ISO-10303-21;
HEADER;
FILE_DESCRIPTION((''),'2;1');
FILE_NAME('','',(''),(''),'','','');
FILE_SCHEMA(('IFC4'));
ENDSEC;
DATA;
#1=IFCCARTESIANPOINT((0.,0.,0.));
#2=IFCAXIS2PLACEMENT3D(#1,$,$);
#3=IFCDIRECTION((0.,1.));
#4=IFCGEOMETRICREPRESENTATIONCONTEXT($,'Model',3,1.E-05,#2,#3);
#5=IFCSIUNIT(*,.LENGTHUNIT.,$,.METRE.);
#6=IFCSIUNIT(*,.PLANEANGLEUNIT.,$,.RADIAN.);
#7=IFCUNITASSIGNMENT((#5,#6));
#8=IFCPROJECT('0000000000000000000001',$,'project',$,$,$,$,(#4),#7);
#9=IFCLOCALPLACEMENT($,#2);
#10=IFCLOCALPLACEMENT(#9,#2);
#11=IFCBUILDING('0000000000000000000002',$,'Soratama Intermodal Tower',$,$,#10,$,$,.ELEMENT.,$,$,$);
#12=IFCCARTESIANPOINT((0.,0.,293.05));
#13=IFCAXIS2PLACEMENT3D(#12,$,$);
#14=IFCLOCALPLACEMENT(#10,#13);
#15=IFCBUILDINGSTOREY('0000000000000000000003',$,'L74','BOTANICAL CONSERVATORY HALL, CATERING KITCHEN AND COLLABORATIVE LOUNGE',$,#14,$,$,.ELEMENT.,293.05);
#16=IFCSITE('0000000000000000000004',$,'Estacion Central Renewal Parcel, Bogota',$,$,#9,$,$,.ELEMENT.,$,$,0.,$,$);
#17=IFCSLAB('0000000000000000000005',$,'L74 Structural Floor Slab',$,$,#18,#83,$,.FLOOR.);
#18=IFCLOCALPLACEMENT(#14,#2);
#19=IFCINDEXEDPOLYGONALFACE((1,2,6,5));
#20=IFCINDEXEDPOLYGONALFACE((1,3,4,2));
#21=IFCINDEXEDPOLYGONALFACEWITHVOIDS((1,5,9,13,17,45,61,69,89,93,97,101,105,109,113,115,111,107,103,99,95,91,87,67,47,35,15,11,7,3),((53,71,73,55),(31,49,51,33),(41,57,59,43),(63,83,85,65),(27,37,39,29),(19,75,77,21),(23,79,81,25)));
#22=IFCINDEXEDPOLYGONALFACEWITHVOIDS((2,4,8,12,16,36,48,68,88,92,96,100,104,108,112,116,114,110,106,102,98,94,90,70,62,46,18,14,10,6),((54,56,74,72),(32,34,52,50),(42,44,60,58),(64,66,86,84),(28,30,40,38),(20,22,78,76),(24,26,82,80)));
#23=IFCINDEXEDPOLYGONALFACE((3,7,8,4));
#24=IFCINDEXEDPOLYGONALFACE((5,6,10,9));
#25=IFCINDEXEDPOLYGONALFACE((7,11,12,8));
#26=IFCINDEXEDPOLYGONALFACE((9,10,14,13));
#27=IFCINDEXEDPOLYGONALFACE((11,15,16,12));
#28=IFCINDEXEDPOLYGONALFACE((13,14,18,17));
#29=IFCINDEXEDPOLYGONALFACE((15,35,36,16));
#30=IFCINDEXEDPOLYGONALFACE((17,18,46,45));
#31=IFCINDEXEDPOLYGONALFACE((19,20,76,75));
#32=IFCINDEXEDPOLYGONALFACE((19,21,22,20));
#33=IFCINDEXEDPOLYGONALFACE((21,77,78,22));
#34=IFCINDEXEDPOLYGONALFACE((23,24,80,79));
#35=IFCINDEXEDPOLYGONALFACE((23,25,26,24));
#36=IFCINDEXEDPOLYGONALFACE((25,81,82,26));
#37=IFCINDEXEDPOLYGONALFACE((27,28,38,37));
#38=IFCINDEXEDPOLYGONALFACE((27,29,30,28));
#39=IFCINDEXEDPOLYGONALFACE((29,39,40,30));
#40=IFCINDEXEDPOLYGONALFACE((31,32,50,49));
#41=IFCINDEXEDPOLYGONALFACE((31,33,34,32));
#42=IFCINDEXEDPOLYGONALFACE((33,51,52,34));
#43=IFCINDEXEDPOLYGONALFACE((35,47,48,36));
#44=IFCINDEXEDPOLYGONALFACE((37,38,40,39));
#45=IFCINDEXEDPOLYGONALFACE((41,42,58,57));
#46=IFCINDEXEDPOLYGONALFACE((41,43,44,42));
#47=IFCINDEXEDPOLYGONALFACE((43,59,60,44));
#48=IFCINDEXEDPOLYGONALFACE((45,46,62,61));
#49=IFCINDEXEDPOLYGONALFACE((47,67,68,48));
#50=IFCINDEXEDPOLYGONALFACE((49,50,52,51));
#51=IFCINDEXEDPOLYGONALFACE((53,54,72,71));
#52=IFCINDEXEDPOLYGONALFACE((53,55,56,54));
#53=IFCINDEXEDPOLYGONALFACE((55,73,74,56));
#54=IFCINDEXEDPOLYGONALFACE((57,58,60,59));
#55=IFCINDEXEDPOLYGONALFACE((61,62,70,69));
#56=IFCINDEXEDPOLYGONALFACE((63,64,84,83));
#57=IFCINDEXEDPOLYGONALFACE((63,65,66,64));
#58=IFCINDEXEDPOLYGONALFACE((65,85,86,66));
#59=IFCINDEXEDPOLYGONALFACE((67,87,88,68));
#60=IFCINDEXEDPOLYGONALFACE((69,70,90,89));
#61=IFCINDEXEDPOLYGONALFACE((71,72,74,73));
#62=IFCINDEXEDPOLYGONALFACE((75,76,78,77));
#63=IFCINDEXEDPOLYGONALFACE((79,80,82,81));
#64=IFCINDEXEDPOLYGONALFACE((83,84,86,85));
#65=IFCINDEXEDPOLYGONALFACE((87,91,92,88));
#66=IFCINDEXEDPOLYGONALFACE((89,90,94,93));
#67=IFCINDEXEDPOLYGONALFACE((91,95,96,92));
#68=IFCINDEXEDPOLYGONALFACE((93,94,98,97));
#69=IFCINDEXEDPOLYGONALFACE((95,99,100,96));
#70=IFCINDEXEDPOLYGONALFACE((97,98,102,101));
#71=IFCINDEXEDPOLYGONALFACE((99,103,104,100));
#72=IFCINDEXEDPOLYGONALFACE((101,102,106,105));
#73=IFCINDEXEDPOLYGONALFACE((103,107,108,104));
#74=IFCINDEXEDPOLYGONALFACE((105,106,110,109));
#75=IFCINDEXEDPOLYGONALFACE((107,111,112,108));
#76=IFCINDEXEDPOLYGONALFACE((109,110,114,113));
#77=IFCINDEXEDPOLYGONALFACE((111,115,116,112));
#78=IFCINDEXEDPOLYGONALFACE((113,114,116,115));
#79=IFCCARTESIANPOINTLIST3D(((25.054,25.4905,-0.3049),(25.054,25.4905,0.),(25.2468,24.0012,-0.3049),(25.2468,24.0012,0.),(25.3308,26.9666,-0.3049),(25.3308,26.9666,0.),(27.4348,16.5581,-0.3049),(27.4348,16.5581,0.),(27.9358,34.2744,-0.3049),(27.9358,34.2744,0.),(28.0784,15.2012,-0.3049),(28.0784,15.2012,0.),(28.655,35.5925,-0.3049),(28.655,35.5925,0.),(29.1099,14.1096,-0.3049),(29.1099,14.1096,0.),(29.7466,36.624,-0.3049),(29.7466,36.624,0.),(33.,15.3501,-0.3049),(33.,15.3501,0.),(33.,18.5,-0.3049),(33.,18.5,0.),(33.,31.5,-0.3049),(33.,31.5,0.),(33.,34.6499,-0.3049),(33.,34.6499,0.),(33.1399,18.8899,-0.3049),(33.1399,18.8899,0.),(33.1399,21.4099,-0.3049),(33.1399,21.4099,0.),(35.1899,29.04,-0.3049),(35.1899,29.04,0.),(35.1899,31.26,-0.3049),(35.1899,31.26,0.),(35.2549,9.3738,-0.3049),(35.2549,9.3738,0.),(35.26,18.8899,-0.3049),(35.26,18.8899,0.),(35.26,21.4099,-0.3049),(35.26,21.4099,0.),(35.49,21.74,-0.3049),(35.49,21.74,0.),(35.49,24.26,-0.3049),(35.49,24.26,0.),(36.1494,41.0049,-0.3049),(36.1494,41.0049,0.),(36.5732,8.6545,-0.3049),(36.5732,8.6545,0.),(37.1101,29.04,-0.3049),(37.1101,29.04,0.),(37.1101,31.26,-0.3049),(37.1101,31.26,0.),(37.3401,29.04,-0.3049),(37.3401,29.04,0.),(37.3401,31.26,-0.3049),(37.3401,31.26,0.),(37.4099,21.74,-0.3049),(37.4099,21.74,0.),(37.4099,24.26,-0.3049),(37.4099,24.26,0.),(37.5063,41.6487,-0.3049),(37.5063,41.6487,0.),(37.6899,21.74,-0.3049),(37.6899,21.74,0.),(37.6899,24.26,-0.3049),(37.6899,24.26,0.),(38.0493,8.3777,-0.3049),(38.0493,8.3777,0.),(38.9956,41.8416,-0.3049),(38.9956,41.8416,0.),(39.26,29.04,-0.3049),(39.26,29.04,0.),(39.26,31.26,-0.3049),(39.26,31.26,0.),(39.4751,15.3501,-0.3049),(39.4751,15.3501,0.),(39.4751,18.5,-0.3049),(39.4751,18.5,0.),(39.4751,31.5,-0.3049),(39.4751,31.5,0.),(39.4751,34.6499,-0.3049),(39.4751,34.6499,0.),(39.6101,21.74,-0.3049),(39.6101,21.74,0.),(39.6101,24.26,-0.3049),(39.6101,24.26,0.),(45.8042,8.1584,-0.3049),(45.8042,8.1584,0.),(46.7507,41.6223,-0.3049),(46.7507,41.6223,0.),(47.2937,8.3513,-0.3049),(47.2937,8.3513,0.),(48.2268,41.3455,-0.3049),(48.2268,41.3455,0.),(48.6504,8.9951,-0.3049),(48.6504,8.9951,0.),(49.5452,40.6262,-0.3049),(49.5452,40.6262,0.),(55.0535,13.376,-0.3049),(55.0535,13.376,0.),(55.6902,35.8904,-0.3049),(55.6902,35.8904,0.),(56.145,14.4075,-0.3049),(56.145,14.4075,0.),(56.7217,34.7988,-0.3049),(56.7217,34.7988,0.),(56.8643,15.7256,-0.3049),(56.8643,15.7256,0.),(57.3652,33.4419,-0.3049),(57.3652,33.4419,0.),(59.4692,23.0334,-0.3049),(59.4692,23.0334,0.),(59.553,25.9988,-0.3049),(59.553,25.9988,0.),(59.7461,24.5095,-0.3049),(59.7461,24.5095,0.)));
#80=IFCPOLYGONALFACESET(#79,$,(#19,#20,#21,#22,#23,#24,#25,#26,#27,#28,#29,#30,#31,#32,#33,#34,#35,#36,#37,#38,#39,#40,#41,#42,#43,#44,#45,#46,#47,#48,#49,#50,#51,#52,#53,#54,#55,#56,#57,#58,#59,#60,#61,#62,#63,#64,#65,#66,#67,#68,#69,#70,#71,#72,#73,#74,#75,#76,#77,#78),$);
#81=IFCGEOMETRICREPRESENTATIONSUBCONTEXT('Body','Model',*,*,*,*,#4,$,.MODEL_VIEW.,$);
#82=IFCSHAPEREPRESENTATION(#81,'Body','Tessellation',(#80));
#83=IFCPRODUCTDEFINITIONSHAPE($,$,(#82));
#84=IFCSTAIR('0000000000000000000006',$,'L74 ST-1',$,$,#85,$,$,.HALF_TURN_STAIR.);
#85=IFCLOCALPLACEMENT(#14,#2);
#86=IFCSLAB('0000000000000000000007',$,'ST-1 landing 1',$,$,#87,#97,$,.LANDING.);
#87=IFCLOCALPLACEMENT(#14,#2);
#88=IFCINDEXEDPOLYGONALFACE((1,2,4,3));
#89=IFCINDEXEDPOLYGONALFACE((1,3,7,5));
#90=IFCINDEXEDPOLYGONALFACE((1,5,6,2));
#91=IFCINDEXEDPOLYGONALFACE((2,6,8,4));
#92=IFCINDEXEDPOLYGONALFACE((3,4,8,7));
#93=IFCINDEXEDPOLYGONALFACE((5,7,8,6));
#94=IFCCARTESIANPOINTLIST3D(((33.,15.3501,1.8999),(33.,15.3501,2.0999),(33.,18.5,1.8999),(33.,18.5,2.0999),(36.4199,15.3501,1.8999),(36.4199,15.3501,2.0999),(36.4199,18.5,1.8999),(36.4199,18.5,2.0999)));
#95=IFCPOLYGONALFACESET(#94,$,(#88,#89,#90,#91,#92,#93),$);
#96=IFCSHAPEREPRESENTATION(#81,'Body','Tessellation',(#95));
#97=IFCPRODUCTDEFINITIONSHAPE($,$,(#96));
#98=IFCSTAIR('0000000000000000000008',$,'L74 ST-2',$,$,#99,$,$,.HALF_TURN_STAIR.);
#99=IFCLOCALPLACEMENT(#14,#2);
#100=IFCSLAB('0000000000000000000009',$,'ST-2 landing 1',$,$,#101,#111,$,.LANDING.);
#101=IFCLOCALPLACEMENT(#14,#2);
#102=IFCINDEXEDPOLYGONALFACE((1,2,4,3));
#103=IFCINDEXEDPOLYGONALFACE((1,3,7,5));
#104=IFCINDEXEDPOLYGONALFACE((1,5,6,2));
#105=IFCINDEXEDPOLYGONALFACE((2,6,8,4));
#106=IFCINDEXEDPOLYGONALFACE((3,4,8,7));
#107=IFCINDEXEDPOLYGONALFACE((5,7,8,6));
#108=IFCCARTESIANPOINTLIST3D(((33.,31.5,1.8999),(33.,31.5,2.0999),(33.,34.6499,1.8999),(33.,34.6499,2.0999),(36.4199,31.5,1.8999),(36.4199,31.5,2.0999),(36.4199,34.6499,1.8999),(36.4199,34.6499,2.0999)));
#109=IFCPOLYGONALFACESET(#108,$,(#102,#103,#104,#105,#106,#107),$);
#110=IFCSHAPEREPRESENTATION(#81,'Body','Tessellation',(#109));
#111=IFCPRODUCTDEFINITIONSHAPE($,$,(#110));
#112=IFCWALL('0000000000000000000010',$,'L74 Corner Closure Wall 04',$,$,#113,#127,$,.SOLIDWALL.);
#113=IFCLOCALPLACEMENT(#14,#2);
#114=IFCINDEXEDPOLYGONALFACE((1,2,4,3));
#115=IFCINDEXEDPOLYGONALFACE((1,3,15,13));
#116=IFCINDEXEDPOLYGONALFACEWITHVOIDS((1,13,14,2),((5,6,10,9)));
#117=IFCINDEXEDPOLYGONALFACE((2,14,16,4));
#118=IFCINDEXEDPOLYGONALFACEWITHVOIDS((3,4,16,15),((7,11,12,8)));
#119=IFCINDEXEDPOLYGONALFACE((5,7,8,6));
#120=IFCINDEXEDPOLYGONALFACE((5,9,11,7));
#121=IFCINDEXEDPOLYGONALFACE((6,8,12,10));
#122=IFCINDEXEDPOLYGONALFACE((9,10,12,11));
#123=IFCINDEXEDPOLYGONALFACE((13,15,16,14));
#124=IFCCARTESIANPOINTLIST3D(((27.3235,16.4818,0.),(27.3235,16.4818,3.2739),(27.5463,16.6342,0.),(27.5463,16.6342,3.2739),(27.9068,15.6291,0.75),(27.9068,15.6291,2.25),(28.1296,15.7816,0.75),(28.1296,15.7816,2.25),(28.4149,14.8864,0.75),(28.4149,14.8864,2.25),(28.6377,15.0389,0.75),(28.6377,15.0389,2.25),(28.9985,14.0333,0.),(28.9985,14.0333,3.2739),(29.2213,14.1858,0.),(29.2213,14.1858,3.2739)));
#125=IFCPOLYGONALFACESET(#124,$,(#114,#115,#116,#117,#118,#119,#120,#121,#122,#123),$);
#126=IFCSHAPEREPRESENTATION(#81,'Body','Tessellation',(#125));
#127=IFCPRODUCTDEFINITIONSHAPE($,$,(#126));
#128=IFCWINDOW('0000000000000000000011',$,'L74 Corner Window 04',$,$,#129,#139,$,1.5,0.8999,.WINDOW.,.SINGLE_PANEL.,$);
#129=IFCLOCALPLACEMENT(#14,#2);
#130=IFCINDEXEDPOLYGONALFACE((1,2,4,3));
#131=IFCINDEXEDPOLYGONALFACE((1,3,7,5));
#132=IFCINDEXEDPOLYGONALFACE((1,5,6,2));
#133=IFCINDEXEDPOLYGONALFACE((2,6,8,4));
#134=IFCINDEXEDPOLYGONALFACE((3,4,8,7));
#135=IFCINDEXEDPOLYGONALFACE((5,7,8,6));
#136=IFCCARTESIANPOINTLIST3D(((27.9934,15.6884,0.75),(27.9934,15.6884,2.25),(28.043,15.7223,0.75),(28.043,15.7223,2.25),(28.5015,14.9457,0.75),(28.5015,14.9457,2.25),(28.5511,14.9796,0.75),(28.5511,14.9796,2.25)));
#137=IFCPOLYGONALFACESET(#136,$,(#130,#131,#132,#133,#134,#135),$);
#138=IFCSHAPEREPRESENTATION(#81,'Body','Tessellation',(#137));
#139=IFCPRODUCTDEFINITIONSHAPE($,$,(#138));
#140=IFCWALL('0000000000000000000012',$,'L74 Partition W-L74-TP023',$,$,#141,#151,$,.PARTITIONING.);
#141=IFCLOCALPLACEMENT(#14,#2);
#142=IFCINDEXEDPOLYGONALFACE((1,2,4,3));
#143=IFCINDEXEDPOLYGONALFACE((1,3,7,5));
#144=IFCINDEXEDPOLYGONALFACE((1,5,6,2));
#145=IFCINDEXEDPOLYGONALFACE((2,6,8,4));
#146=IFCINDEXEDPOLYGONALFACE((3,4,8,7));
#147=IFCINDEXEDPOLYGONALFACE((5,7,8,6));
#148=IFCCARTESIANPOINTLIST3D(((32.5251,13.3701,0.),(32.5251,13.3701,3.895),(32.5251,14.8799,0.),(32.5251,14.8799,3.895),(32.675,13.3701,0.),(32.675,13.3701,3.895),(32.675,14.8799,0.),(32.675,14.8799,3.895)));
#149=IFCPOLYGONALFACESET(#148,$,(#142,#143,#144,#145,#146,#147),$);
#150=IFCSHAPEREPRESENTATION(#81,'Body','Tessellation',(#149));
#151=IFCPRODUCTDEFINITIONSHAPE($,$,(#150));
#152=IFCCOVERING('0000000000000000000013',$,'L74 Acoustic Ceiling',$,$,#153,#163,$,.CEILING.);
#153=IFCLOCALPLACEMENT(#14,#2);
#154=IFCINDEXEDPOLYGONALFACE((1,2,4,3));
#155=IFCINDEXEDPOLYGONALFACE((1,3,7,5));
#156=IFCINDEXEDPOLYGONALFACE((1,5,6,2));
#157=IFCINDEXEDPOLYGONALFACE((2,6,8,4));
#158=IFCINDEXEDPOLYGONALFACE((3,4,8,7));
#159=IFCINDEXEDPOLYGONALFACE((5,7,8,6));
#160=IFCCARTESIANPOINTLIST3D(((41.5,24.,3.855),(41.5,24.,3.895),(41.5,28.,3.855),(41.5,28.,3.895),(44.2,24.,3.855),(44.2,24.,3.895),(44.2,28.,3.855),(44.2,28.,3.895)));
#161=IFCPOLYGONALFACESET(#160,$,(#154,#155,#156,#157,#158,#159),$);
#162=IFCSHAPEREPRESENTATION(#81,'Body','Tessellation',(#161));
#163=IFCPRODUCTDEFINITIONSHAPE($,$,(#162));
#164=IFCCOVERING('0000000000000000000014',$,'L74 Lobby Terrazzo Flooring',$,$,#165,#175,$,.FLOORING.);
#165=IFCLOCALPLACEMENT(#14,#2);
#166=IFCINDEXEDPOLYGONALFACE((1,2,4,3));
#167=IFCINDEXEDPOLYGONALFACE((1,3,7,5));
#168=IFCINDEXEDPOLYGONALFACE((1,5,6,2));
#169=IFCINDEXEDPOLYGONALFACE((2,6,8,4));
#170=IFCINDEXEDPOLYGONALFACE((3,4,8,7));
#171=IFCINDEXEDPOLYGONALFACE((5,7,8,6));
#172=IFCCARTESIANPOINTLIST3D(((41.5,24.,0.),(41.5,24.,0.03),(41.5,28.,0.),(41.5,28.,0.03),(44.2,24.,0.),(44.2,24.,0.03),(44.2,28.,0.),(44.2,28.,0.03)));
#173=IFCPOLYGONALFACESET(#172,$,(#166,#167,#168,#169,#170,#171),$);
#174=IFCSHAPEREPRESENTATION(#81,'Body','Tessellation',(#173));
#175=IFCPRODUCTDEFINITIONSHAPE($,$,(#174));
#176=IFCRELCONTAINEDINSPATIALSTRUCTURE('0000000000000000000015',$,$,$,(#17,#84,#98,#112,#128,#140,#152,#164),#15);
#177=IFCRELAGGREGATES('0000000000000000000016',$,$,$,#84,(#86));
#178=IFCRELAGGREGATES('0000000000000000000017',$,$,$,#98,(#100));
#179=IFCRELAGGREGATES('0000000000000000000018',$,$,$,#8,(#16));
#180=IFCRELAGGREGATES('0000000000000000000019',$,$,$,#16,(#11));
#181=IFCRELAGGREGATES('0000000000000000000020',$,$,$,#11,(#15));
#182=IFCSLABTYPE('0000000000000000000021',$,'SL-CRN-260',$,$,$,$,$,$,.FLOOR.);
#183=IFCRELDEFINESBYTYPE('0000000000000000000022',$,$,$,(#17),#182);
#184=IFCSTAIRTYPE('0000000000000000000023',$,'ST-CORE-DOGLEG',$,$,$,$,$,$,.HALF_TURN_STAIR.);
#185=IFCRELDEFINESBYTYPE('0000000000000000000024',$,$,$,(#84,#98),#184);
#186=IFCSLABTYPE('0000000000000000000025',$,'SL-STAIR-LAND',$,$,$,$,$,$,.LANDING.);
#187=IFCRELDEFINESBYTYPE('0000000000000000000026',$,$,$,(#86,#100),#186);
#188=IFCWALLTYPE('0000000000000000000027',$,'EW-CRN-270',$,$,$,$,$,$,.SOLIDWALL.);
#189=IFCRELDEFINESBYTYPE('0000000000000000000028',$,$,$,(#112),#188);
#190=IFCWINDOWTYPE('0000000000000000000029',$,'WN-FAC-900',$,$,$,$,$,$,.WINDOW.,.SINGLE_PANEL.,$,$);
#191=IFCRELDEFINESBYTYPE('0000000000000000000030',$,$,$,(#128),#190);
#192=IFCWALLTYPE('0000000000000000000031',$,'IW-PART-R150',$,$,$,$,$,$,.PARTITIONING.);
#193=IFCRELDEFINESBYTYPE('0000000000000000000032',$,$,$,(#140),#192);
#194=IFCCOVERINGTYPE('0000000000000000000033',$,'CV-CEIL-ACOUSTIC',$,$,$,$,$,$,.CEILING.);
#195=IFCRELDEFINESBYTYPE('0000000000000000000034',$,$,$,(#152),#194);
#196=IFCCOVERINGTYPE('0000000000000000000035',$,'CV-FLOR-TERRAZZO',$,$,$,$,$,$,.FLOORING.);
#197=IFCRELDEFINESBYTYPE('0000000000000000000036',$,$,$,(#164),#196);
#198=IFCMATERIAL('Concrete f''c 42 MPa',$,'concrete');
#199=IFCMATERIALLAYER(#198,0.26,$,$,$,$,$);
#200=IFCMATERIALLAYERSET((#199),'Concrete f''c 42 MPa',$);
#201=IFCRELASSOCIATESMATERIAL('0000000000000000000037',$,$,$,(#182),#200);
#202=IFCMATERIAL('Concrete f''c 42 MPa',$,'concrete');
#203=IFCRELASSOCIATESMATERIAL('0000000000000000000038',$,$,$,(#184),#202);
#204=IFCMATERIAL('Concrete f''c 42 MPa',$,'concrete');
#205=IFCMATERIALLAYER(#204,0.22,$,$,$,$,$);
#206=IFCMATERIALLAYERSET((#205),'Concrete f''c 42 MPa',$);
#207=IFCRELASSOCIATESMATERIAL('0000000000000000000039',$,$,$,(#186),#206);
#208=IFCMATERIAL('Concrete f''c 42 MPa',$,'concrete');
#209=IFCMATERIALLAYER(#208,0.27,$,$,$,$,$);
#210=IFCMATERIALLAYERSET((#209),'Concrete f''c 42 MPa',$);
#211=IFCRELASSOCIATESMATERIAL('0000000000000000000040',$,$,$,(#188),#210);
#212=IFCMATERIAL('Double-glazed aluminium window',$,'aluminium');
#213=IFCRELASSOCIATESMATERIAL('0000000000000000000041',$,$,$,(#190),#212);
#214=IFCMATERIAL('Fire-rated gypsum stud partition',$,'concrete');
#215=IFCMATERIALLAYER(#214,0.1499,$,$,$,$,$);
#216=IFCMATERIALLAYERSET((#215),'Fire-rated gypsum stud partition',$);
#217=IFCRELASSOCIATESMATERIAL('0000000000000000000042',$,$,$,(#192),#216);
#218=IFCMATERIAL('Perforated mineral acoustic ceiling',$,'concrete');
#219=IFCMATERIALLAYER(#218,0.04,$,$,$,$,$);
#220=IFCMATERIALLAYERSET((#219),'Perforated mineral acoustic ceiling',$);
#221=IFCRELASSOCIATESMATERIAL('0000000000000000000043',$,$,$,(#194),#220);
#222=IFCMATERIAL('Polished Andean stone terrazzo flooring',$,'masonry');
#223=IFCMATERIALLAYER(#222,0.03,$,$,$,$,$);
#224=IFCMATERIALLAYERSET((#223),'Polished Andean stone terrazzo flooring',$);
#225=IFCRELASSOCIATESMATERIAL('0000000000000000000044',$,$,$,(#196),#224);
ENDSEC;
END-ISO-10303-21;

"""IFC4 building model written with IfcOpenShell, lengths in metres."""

from ifc_helpers import new_model, si_unit, direction, frame, frame_2d, origin, place, context, subcontext, project, spatial, polyline, rectangle, outline, extrude, material, layer, layer_set, type_object, element, fill, aggregate, save


model = new_model("IFC4")

# Units and contexts
model_context = context("Model", 3, precision=1e-05, world=origin(), true_north=direction((0.0, 1.0)))
body_context = subcontext(model_context, "Body", "Model", "MODEL_VIEW")
ifc_project = project(units=[si_unit("LENGTHUNIT", "METRE"), si_unit("PLANEANGLEUNIT", "RADIAN")], contexts=[model_context])

# Site, building, storey
site_placement = place(None, origin())
site = spatial("IfcSite", under=ifc_project, at=site_placement, Name="Estacion Central Renewal Parcel, Bogota", CompositionType="ELEMENT", RefElevation=0.0)
building_placement = place(site_placement, origin())
building = spatial("IfcBuilding", under=site, at=building_placement, Name="Soratama Intermodal Tower", CompositionType="ELEMENT")
storey_placement = place(building_placement, frame((0.0, 0.0, 293.05)))
storey = spatial("IfcBuildingStorey", under=building, at=storey_placement, Name="L74", Description="BOTANICAL CONSERVATORY HALL, CATERING KITCHEN AND COLLABORATIVE LOUNGE", CompositionType="ELEMENT", Elevation=293.05)

# Slab
ifc_material_1 = material(Name="Concrete f'c 42 MPa", Category="concrete")
ifc_layer_1 = layer(ifc_material_1, 0.26)
ifc_layer_set_1 = layer_set([ifc_layer_1], Name="Concrete f'c 42 MPa")
slab_type_1 = type_object("IfcSlabType", Name="SL-CRN-260", PredefinedType="FLOOR", material=ifc_layer_set_1)
slab_1_placement = place(storey_placement, frame((0.0, 0.0, -0.3049)))
element("IfcSlab", 1, at=slab_1_placement, inside=storey, type_object=slab_type_1, Name="L74 Structural Floor Slab", PredefinedType="FLOOR", context=body_context, shape_type="SweptSolid", body=[
    extrude(outline(polyline([(49.5452, 40.6262), (48.2268, 41.3455), (46.7507, 41.6223), (38.9956, 41.8416), (37.5063, 41.6487), (36.1494, 41.0049), (29.7466, 36.624), (28.655, 35.5925), (27.9358, 34.2744), (25.3308, 26.9666), (25.054, 25.4905), (25.2468, 24.0012), (27.4348, 16.5581), (28.0784, 15.2012), (29.1099, 14.1096), (35.2549, 9.3738), (36.5732, 8.6545), (38.0493, 8.3777), (45.8042, 8.1584), (47.2937, 8.3513), (48.6504, 8.9951), (55.0535, 13.376), (56.145, 14.4075), (56.8643, 15.7256), (59.4692, 23.0334), (59.7461, 24.5095), (59.553, 25.9988), (57.3652, 33.4419), (56.7217, 34.7988), (55.6902, 35.8904), (49.5452, 40.6262)]), holes=[polyline([(33.0, 15.3501), (39.4751, 15.3501), (39.4751, 18.5), (33.0, 18.5), (33.0, 15.3501)]), polyline([(35.26, 21.4099), (33.1399, 21.4099), (33.1399, 18.8899), (35.26, 18.8899), (35.26, 21.4099)]), polyline([(37.4099, 24.26), (35.49, 24.26), (35.49, 21.74), (37.4099, 21.74), (37.4099, 24.26)]), polyline([(39.6101, 24.26), (37.6899, 24.26), (37.6899, 21.74), (39.6101, 21.74), (39.6101, 24.26)]), polyline([(37.1101, 31.26), (35.1899, 31.26), (35.1899, 29.04), (37.1101, 29.04), (37.1101, 31.26)]), polyline([(39.26, 31.26), (37.3401, 31.26), (37.3401, 29.04), (39.26, 29.04), (39.26, 31.26)]), polyline([(33.0, 34.6499), (33.0, 31.5), (39.4751, 31.5), (39.4751, 34.6499), (33.0, 34.6499)])]), origin(), (0.0, 0.0, 1.0), 0.3049),
])

# Stairs, slabs
ifc_material_2 = material(Name="Concrete f'c 42 MPa", Category="concrete")
stair_type = type_object("IfcStairType", Name="ST-CORE-DOGLEG", PredefinedType="HALF_TURN_STAIR", material=ifc_material_2)
stair_1_placement = place(storey_placement, origin())
stair_1 = element("IfcStair", 2, at=stair_1_placement, inside=storey, type_object=stair_type, Name="L74 ST-1", PredefinedType="HALF_TURN_STAIR")
ifc_material_3 = material(Name="Concrete f'c 42 MPa", Category="concrete")
ifc_layer_2 = layer(ifc_material_3, 0.22)
ifc_layer_set_2 = layer_set([ifc_layer_2], Name="Concrete f'c 42 MPa")
slab_type_2 = type_object("IfcSlabType", Name="SL-STAIR-LAND", PredefinedType="LANDING", material=ifc_layer_set_2)
slab_2_placement = place(storey_placement, frame((0.0, 0.0, 1.8999)))
slab_2 = element("IfcSlab", 3, at=slab_2_placement, type_object=slab_type_2, Name="ST-1 landing 1", PredefinedType="LANDING", context=body_context, shape_type="SweptSolid", body=[
    extrude(outline(polyline([(36.4199, 18.5), (33.0, 18.5), (33.0, 15.3501), (36.4199, 15.3501), (36.4199, 18.5)])), origin(), (0.0, 0.0, 1.0), 0.2),
])
aggregate(stair_1, [slab_2])
stair_2_placement = place(storey_placement, origin())
stair_2 = element("IfcStair", 4, at=stair_2_placement, inside=storey, type_object=stair_type, Name="L74 ST-2", PredefinedType="HALF_TURN_STAIR")
slab_3_placement = place(storey_placement, frame((0.0, 0.0, 1.8999)))
slab_3 = element("IfcSlab", 5, at=slab_3_placement, type_object=slab_type_2, Name="ST-2 landing 1", PredefinedType="LANDING", context=body_context, shape_type="SweptSolid", body=[
    extrude(outline(polyline([(36.4199, 34.6499), (33.0, 34.6499), (33.0, 31.5), (36.4199, 31.5), (36.4199, 34.6499)])), origin(), (0.0, 0.0, 1.0), 0.2),
])
aggregate(stair_2, [slab_3])

# Wall, opening, window
ifc_material_4 = material(Name="Concrete f'c 42 MPa", Category="concrete")
ifc_layer_3 = layer(ifc_material_4, 0.27)
ifc_layer_set_3 = layer_set([ifc_layer_3], Name="Concrete f'c 42 MPa")
wall_type_1 = type_object("IfcWallType", Name="EW-CRN-270", PredefinedType="SOLIDWALL", material=ifc_layer_set_3)
wall_1_placement = place(storey_placement, frame((27.4348, 16.5581, 0.0), z_axis=(0.0, 0.0, 1.0), x_axis=(0.564631, -0.825344, 0.0)))
wall_1 = element("IfcWall", 6, at=wall_1_placement, inside=storey, type_object=wall_type_1, Name="L74 Corner Closure Wall 04", PredefinedType="SOLIDWALL", context=body_context, shape_type="SweptSolid", body=[
    extrude(rectangle(XDim=2.9666, YDim=0.27, at=frame_2d((1.4834, 0.0))), origin(), (0.0, 0.0, 1.0), 3.2739),
])
opening_placement = place(wall_1_placement, frame((1.0332, 0.0, 0.75)))
opening = element("IfcOpeningElement", 7, at=opening_placement, cuts=wall_1, PredefinedType="OPENING", context=body_context, shape_type="SweptSolid", body=[
    extrude(rectangle(XDim=0.8999, YDim=1.5, at=frame_2d((0.45, 0.75))), frame((0.0, 0.145, 0.0), z_axis=(0.0, -1.0, 0.0), x_axis=(1.0, 0.0, 0.0)), (0.0, 0.0, 1.0), 0.29),
])
ifc_material_5 = material(Name="Double-glazed aluminium window", Category="aluminium")
window_type = type_object("IfcWindowType", Name="WN-FAC-900", PartitioningType="SINGLE_PANEL", PredefinedType="WINDOW", material=ifc_material_5)
window_placement = place(opening_placement, origin())
window = element("IfcWindow", 8, at=window_placement, inside=storey, type_object=window_type, Name="L74 Corner Window 04", OverallHeight=1.5, OverallWidth=0.8999, PartitioningType="SINGLE_PANEL", PredefinedType="WINDOW", context=body_context, shape_type="SweptSolid", body=[
    extrude(rectangle(XDim=0.8999, YDim=1.5, at=frame_2d((0.45, 0.75))), frame((0.0, 0.03, 0.0), z_axis=(0.0, -1.0, 0.0), x_axis=(1.0, 0.0, 0.0)), (0.0, 0.0, 1.0), 0.0601),
])
fill(opening, window)

# Wall
ifc_material_6 = material(Name="Fire-rated gypsum stud partition", Category="concrete")
ifc_layer_4 = layer(ifc_material_6, 0.1499)
ifc_layer_set_4 = layer_set([ifc_layer_4], Name="Fire-rated gypsum stud partition")
wall_type_2 = type_object("IfcWallType", Name="IW-PART-R150", PredefinedType="PARTITIONING", material=ifc_layer_set_4)
wall_2_placement = place(storey_placement, frame((32.6001, 13.3701, 0.0), z_axis=(0.0, 0.0, 1.0), x_axis=(0.0, 1.0, 0.0)))
element("IfcWall", 9, at=wall_2_placement, inside=storey, type_object=wall_type_2, Name="L74 Partition W-L74-TP023", PredefinedType="PARTITIONING", context=body_context, shape_type="SweptSolid", body=[
    extrude(rectangle(XDim=1.5098, YDim=0.1499, at=frame_2d((0.7549, 0.0))), origin(), (0.0, 0.0, 1.0), 3.895),
])

# Coverings
ifc_material_7 = material(Name="Perforated mineral acoustic ceiling", Category="concrete")
ifc_layer_5 = layer(ifc_material_7, 0.04)
ifc_layer_set_5 = layer_set([ifc_layer_5], Name="Perforated mineral acoustic ceiling")
covering_type_1 = type_object("IfcCoveringType", Name="CV-CEIL-ACOUSTIC", PredefinedType="CEILING", material=ifc_layer_set_5)
covering_1_placement = place(storey_placement, frame((0.0, 0.0, 3.855)))
element("IfcCovering", 10, at=covering_1_placement, inside=storey, type_object=covering_type_1, Name="L74 Acoustic Ceiling", PredefinedType="CEILING", context=body_context, shape_type="SweptSolid", body=[
    extrude(outline(polyline([(41.5, 24.0), (44.2, 24.0), (44.2, 28.0), (41.5, 28.0), (41.5, 24.0)])), origin(), (0.0, 0.0, 1.0), 0.04),
])
ifc_material_8 = material(Name="Polished Andean stone terrazzo flooring", Category="masonry")
ifc_layer_6 = layer(ifc_material_8, 0.03)
ifc_layer_set_6 = layer_set([ifc_layer_6], Name="Polished Andean stone terrazzo flooring")
covering_type_2 = type_object("IfcCoveringType", Name="CV-FLOR-TERRAZZO", PredefinedType="FLOORING", material=ifc_layer_set_6)
covering_2_placement = place(storey_placement, origin())
element("IfcCovering", 11, at=covering_2_placement, inside=storey, type_object=covering_type_2, Name="L74 Lobby Terrazzo Flooring", PredefinedType="FLOORING", context=body_context, shape_type="SweptSolid", body=[
    extrude(outline(polyline([(41.5, 24.0), (44.2, 24.0), (44.2, 28.0), (41.5, 28.0), (41.5, 24.0)])), origin(), (0.0, 0.0, 1.0), 0.03),
])

save(model, "model.ifc")
